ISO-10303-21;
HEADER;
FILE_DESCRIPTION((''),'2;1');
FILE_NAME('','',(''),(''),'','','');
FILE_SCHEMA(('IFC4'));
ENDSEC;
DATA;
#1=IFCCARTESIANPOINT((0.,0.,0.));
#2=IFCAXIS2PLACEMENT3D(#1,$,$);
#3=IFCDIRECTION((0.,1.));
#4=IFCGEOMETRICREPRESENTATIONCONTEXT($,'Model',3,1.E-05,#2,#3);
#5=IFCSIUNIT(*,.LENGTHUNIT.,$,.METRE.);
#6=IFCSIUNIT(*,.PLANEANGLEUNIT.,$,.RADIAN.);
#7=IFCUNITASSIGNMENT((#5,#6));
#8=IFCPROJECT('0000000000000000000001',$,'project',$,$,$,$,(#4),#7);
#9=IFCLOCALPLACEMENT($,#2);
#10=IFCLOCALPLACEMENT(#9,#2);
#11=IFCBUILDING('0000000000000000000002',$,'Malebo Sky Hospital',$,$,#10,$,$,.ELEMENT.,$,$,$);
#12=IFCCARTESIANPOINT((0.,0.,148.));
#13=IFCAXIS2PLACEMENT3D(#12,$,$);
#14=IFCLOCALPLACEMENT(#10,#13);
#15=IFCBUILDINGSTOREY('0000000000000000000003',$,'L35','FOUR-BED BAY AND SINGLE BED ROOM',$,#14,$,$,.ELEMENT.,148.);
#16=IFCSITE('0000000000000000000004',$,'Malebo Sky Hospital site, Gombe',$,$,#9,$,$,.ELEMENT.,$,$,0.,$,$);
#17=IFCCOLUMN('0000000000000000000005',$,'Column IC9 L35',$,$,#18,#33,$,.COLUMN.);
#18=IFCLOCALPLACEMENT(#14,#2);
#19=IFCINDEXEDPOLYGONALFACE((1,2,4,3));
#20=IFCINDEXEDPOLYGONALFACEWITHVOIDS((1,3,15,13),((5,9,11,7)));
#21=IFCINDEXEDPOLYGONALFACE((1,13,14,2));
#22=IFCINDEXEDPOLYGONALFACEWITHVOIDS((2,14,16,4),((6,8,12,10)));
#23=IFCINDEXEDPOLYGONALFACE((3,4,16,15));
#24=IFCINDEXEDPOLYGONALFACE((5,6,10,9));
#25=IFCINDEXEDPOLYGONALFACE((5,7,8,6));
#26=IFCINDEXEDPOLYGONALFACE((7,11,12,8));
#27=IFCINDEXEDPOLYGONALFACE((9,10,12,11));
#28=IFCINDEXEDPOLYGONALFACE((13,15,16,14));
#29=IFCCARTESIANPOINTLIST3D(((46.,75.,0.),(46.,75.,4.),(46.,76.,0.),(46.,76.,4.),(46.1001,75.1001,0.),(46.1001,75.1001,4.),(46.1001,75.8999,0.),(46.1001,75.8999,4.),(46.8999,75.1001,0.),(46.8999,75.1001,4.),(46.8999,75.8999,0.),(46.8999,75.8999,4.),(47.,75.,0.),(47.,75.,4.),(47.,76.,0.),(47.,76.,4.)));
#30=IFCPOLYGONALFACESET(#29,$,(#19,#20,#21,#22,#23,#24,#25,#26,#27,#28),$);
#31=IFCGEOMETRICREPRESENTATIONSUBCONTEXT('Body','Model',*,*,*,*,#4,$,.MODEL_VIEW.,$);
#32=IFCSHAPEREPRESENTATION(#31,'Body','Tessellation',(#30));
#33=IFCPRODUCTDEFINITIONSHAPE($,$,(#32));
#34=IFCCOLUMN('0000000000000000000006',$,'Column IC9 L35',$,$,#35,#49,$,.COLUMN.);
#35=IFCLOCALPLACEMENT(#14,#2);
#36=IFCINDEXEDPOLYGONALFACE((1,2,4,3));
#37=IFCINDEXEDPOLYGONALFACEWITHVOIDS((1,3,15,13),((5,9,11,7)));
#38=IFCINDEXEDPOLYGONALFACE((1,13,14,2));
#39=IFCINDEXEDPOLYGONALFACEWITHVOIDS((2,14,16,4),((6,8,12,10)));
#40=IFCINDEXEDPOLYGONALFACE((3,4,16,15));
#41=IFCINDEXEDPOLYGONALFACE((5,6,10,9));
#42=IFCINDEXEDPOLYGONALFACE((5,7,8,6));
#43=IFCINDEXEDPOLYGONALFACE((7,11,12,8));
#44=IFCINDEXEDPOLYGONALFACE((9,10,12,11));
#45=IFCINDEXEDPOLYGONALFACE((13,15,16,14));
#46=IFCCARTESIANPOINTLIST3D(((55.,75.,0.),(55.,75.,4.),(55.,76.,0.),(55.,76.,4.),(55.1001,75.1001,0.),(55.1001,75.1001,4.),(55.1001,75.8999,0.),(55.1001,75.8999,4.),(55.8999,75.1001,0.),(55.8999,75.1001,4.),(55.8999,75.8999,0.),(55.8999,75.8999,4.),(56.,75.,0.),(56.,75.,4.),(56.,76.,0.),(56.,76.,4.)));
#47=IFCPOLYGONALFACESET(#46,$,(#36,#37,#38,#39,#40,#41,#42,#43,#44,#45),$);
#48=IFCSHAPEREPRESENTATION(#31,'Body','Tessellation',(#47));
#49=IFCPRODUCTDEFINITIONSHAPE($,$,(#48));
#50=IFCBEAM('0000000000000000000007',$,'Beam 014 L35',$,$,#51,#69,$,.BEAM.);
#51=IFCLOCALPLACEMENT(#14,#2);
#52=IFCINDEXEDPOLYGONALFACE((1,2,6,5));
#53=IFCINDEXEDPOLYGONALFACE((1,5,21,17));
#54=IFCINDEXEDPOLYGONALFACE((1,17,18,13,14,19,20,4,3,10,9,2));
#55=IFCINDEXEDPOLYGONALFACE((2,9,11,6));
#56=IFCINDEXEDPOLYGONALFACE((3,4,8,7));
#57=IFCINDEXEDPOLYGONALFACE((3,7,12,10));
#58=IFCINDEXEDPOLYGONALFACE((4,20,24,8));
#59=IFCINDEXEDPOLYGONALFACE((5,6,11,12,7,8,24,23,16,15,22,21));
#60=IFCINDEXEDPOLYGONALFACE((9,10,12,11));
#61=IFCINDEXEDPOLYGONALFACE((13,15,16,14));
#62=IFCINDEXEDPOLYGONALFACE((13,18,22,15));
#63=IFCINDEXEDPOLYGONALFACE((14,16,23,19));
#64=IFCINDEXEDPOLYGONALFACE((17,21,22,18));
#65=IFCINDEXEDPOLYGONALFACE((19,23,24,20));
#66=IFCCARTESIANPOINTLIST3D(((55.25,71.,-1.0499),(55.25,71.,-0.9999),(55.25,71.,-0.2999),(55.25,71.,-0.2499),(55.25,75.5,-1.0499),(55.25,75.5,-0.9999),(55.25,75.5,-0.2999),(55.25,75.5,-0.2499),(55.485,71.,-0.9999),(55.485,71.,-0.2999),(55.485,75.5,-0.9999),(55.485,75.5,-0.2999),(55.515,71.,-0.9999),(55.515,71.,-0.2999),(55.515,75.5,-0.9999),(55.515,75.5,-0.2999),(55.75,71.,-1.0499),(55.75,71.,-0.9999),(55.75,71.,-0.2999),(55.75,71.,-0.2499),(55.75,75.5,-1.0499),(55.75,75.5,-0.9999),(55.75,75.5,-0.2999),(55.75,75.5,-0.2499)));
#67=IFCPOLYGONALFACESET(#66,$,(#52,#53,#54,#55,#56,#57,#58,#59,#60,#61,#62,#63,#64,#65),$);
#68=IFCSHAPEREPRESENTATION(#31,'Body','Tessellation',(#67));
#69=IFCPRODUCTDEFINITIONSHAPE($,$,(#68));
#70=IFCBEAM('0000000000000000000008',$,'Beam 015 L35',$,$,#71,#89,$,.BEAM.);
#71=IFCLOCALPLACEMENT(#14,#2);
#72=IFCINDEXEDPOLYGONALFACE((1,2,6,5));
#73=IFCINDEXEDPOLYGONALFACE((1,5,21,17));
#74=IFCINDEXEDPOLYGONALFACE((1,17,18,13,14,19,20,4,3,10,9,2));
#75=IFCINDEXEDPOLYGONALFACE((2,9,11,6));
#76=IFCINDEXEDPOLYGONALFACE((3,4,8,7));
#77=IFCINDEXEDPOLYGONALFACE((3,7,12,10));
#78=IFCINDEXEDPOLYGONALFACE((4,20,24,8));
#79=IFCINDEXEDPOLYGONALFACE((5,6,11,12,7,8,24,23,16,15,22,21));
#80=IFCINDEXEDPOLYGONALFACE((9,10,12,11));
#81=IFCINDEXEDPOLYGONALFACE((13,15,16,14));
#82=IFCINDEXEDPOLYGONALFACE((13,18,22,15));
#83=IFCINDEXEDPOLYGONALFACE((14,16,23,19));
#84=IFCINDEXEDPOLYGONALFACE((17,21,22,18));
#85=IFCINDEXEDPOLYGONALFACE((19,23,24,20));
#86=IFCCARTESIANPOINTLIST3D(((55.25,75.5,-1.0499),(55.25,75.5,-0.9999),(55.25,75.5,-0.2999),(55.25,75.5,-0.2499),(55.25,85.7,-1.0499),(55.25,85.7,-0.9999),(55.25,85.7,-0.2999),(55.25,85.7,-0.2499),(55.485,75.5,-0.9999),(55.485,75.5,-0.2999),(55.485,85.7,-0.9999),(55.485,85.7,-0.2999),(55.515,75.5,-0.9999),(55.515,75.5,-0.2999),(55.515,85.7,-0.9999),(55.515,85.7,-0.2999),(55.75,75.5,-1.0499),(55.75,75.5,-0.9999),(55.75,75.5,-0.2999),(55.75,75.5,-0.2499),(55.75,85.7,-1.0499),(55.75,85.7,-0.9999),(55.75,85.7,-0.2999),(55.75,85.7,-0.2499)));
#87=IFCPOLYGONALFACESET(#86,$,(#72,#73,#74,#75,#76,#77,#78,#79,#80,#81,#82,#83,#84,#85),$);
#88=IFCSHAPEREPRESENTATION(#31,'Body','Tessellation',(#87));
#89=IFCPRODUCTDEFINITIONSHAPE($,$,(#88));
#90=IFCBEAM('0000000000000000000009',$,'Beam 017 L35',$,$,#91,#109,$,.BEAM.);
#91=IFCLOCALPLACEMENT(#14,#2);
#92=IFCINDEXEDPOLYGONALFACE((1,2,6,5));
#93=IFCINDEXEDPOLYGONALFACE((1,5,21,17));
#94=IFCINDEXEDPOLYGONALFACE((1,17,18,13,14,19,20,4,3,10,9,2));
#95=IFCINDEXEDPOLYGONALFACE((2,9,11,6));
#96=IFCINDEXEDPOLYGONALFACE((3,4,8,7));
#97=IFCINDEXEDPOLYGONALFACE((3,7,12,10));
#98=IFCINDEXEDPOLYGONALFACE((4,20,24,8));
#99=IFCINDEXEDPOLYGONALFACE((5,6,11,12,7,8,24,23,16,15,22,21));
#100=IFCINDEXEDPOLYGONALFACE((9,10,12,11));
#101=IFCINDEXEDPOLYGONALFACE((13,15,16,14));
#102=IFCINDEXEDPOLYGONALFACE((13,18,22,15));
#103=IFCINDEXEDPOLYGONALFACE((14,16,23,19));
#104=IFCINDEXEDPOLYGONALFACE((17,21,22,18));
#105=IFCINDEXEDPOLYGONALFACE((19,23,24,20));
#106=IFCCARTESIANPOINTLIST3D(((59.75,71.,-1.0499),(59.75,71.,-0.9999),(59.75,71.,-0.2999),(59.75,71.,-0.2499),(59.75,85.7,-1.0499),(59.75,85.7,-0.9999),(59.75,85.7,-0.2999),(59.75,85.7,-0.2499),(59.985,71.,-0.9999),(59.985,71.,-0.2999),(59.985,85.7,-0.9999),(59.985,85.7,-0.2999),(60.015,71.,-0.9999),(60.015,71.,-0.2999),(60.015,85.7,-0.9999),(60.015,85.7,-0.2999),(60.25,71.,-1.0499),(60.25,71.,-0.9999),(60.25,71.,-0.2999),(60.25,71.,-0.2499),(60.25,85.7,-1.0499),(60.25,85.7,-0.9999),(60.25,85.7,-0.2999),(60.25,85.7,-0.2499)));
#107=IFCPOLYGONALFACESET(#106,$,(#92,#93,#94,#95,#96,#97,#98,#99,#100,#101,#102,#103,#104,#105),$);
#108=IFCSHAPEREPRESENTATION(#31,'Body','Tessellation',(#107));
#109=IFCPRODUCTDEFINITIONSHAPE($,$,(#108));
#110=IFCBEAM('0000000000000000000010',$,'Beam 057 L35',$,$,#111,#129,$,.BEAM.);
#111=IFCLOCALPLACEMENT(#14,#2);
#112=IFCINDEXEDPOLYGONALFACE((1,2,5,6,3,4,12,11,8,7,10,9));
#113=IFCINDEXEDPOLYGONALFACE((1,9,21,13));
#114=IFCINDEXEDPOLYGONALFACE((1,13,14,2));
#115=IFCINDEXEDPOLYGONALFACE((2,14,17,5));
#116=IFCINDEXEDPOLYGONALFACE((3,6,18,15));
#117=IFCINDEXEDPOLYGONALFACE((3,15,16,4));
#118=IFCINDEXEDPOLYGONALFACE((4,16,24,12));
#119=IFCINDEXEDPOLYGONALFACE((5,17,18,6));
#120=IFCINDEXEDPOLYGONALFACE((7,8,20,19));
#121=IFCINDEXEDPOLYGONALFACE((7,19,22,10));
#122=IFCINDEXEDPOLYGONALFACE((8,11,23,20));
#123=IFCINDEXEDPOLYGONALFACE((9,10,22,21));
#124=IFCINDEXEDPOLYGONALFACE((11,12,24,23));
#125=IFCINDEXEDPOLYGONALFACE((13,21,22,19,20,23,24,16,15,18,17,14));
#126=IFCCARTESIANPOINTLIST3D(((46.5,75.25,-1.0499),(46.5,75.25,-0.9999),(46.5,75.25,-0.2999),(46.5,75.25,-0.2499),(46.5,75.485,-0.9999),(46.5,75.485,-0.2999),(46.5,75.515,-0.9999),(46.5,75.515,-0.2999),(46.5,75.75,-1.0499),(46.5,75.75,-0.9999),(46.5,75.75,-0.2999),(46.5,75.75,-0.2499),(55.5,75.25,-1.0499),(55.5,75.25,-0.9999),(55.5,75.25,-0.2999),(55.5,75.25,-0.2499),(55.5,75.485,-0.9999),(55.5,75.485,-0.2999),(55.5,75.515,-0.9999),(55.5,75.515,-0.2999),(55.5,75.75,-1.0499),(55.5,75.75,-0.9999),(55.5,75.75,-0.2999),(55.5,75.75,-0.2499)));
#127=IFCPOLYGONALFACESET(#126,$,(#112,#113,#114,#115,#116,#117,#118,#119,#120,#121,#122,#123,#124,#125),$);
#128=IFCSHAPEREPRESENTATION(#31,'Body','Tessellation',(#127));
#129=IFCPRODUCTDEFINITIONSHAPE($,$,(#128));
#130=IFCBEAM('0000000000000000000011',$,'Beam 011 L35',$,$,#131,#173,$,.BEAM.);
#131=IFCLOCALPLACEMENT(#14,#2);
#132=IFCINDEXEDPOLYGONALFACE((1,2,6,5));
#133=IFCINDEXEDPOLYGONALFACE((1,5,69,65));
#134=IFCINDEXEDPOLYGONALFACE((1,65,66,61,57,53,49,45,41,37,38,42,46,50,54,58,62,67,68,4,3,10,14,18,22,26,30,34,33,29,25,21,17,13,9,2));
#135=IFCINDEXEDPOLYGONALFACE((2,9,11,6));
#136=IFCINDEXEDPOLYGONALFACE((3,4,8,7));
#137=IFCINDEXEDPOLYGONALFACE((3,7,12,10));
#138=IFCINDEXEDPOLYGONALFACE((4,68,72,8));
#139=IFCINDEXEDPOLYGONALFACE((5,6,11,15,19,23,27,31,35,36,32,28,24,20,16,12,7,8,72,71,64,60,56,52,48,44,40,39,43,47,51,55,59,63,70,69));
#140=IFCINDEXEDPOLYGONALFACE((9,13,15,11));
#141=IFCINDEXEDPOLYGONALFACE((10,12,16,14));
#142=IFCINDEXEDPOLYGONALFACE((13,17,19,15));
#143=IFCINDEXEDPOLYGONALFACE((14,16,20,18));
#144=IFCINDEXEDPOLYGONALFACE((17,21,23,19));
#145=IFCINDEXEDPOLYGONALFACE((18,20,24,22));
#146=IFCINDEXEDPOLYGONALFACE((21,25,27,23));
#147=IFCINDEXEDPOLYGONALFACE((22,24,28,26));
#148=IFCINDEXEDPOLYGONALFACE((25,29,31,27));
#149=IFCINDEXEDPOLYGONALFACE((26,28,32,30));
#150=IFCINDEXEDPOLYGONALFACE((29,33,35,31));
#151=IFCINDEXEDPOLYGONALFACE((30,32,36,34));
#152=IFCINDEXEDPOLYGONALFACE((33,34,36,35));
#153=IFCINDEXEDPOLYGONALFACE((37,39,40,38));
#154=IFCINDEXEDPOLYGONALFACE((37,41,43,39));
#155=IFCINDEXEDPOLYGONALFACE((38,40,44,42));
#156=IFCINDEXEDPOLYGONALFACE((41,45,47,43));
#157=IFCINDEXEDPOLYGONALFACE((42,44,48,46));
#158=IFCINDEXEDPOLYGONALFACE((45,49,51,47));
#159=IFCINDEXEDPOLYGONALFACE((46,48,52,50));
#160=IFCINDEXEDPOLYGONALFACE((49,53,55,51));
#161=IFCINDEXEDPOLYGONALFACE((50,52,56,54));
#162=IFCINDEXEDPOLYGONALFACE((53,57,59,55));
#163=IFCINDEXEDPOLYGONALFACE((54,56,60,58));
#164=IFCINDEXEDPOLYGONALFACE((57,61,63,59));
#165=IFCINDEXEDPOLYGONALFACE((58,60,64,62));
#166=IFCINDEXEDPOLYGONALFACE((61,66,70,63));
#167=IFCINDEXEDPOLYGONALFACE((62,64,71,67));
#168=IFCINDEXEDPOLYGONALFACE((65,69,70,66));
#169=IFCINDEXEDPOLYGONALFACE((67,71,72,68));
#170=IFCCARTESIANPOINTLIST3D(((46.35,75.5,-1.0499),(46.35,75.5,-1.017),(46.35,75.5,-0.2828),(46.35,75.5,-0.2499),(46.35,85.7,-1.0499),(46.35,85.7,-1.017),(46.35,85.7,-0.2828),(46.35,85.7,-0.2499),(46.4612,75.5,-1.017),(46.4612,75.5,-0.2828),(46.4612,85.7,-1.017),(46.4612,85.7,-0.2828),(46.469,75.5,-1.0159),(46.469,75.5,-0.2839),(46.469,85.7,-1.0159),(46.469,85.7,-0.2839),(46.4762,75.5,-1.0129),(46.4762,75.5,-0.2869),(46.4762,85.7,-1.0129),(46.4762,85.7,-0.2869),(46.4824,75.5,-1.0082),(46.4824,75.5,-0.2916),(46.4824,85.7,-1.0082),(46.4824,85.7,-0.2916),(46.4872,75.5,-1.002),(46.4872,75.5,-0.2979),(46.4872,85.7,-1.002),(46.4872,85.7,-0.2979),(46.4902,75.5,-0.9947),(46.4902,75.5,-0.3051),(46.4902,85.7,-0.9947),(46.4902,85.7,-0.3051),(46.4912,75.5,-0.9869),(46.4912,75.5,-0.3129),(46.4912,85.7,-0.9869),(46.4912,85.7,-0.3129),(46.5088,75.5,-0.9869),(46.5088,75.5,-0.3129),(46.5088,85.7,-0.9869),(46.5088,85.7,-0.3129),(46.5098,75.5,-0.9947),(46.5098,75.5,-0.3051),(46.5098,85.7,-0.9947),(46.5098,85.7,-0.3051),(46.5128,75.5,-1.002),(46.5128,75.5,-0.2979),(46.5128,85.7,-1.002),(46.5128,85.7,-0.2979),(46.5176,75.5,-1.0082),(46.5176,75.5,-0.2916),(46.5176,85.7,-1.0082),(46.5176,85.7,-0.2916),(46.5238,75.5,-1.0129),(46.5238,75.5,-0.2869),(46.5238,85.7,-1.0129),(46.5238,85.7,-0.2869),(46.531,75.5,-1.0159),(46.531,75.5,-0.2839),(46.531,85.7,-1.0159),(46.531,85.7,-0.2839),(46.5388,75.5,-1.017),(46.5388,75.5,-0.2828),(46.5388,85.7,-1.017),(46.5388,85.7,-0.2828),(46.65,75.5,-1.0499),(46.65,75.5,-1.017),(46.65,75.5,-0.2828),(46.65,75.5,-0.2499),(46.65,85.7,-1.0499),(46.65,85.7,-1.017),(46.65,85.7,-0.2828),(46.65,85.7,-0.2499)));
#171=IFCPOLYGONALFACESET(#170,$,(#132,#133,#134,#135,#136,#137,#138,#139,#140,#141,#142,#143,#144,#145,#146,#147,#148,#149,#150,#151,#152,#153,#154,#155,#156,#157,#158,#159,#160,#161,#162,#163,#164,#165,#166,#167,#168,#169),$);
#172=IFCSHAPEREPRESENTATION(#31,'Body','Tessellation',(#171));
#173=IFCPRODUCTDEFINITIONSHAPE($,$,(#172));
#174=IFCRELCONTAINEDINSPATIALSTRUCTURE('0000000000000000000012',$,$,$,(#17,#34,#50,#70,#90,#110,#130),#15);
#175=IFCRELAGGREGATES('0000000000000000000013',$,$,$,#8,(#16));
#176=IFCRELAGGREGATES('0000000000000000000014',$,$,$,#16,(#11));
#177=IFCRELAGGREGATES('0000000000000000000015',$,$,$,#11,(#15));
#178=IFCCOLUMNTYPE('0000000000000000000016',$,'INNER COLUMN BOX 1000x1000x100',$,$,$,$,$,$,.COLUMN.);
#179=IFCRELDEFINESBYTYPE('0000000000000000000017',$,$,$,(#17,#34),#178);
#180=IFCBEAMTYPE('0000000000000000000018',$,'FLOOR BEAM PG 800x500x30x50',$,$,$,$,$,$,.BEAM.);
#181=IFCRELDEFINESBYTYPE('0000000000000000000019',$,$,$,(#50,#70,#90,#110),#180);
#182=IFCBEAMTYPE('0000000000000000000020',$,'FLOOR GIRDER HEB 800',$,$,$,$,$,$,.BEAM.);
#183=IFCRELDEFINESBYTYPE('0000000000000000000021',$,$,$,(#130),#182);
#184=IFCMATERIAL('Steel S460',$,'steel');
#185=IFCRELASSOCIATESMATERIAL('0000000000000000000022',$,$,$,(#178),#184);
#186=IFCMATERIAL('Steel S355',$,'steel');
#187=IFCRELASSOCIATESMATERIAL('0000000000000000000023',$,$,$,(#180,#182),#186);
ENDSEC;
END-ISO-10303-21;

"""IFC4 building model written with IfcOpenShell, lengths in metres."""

from ifc_helpers import new_model, si_unit, direction, frame, origin, origin_2d, place, context, subcontext, project, spatial, hollow_rectangle, i_section, extrude, material, material_profile, profile_set, type_object, element, save


model = new_model("IFC4")

# Units and contexts
model_context = context("Model", 3, precision=1e-05, world=origin(), true_north=direction((0.0, 1.0)))
body_context = subcontext(model_context, "Body", "Model", "MODEL_VIEW")
ifc_project = project(units=[si_unit("LENGTHUNIT", "METRE"), si_unit("PLANEANGLEUNIT", "RADIAN")], contexts=[model_context])

# Site, building, storey
site_placement = place(None, origin())
site = spatial("IfcSite", under=ifc_project, at=site_placement, Name="Malebo Sky Hospital site, Gombe", CompositionType="ELEMENT", RefElevation=0.0)
building_placement = place(site_placement, origin())
building = spatial("IfcBuilding", under=site, at=building_placement, Name="Malebo Sky Hospital", CompositionType="ELEMENT")
storey_placement = place(building_placement, frame((0.0, 0.0, 148.0)))
storey = spatial("IfcBuildingStorey", under=building, at=storey_placement, Name="L35", Description="FOUR-BED BAY AND SINGLE BED ROOM", CompositionType="ELEMENT", Elevation=148.0)

# Columns
ifc_material_1 = material(Name="Steel S460", Category="steel")
ifc_material_profile_1 = material_profile(ifc_material_1, hollow_rectangle(XDim=1.0, YDim=1.0, WallThickness=0.1001, at=origin_2d()), Name="BOX 1000x1000x100")
ifc_profile_set_1 = profile_set([ifc_material_profile_1], Name="Steel S460")
column_type = type_object("IfcColumnType", Name="INNER COLUMN BOX 1000x1000x100", PredefinedType="COLUMN", material=ifc_profile_set_1)
for number, where, z_axis, x_axis, name in (
    (1, (46.5, 75.5, 0.0), (0.0, 0.0, 1.0), (1.0, 0.0, 0.0), "Column IC9 L35"),
    (2, (55.5, 75.5, 0.0), (0.0, 0.0, 1.0), (1.0, 0.0, 0.0), "Column IC9 L35"),
):
    element("IfcColumn", number, at=place(storey_placement, frame(where, z_axis=z_axis, x_axis=x_axis)), inside=storey, type_object=column_type, Name=name, PredefinedType="COLUMN", context=body_context, shape_type="SweptSolid", body=[
        extrude(hollow_rectangle(XDim=1.0, YDim=1.0, WallThickness=0.1001, at=origin_2d()), origin(), (0.0, 0.0, 1.0), 4.0),
    ])

# Beams
ifc_material_2 = material(Name="Steel S355", Category="steel")
ifc_material_profile_2 = material_profile(ifc_material_2, i_section(OverallWidth=0.5, OverallDepth=0.8, WebThickness=0.03, FlangeThickness=0.05, at=origin_2d()), Name="PG 800x500x30x50")
ifc_profile_set_2 = profile_set([ifc_material_profile_2], Name="Steel S355")
beam_type_1 = type_object("IfcBeamType", Name="FLOOR BEAM PG 800x500x30x50", PredefinedType="BEAM", material=ifc_profile_set_2)
beam_1_placement = place(storey_placement, frame((55.5, 71.0, -0.6499), z_axis=(0.0, 1.0, 0.0), x_axis=(-1.0, 0.0, 0.0)))
element("IfcBeam", 3, at=beam_1_placement, inside=storey, type_object=beam_type_1, Name="Beam 014 L35", PredefinedType="BEAM", context=body_context, shape_type="SweptSolid", body=[
    extrude(i_section(OverallWidth=0.5, OverallDepth=0.8, WebThickness=0.03, FlangeThickness=0.05, at=origin_2d()), origin(), (0.0, 0.0, 1.0), 4.5),
])
beam_2_placement = place(storey_placement, frame((55.5, 75.5, -0.6499), z_axis=(0.0, 1.0, 0.0), x_axis=(-1.0, 0.0, 0.0)))
element("IfcBeam", 4, at=beam_2_placement, inside=storey, type_object=beam_type_1, Name="Beam 015 L35", PredefinedType="BEAM", context=body_context, shape_type="SweptSolid", body=[
    extrude(i_section(OverallWidth=0.5, OverallDepth=0.8, WebThickness=0.03, FlangeThickness=0.05, at=origin_2d()), origin(), (0.0, 0.0, 1.0), 10.2),
])
beam_3_placement = place(storey_placement, frame((60.0, 71.0, -0.6499), z_axis=(0.0, 1.0, 0.0), x_axis=(-1.0, 0.0, 0.0)))
element("IfcBeam", 5, at=beam_3_placement, inside=storey, type_object=beam_type_1, Name="Beam 017 L35", PredefinedType="BEAM", context=body_context, shape_type="SweptSolid", body=[
    extrude(i_section(OverallWidth=0.5, OverallDepth=0.8, WebThickness=0.03, FlangeThickness=0.05, at=origin_2d()), origin(), (0.0, 0.0, 1.0), 14.7),
])
beam_4_placement = place(storey_placement, frame((46.5, 75.5, -0.6499), z_axis=(1.0, 0.0, 0.0), x_axis=(0.0, 1.0, 0.0)))
element("IfcBeam", 6, at=beam_4_placement, inside=storey, type_object=beam_type_1, Name="Beam 057 L35", PredefinedType="BEAM", context=body_context, shape_type="SweptSolid", body=[
    extrude(i_section(OverallWidth=0.5, OverallDepth=0.8, WebThickness=0.03, FlangeThickness=0.05, at=origin_2d()), origin(), (0.0, 0.0, 1.0), 9.0),
])
ifc_material_profile_3 = material_profile(ifc_material_2, i_section(OverallWidth=0.3, OverallDepth=0.8, WebThickness=0.0176, FlangeThickness=0.033, FilletRadius=0.03, at=origin_2d()), Name="HEB 800")
ifc_profile_set_3 = profile_set([ifc_material_profile_3], Name="Steel S355")
beam_type_2 = type_object("IfcBeamType", Name="FLOOR GIRDER HEB 800", PredefinedType="BEAM", material=ifc_profile_set_3)
beam_5_placement = place(storey_placement, frame((46.5, 75.5, -0.6499), z_axis=(0.0, 1.0, 0.0), x_axis=(-1.0, 0.0, 0.0)))
element("IfcBeam", 7, at=beam_5_placement, inside=storey, type_object=beam_type_2, Name="Beam 011 L35", PredefinedType="BEAM", context=body_context, shape_type="SweptSolid", body=[
    extrude(i_section(OverallWidth=0.3, OverallDepth=0.8, WebThickness=0.0176, FlangeThickness=0.033, FilletRadius=0.03, at=origin_2d()), origin(), (0.0, 0.0, 1.0), 10.2),
])

save(model, "model.ifc")
